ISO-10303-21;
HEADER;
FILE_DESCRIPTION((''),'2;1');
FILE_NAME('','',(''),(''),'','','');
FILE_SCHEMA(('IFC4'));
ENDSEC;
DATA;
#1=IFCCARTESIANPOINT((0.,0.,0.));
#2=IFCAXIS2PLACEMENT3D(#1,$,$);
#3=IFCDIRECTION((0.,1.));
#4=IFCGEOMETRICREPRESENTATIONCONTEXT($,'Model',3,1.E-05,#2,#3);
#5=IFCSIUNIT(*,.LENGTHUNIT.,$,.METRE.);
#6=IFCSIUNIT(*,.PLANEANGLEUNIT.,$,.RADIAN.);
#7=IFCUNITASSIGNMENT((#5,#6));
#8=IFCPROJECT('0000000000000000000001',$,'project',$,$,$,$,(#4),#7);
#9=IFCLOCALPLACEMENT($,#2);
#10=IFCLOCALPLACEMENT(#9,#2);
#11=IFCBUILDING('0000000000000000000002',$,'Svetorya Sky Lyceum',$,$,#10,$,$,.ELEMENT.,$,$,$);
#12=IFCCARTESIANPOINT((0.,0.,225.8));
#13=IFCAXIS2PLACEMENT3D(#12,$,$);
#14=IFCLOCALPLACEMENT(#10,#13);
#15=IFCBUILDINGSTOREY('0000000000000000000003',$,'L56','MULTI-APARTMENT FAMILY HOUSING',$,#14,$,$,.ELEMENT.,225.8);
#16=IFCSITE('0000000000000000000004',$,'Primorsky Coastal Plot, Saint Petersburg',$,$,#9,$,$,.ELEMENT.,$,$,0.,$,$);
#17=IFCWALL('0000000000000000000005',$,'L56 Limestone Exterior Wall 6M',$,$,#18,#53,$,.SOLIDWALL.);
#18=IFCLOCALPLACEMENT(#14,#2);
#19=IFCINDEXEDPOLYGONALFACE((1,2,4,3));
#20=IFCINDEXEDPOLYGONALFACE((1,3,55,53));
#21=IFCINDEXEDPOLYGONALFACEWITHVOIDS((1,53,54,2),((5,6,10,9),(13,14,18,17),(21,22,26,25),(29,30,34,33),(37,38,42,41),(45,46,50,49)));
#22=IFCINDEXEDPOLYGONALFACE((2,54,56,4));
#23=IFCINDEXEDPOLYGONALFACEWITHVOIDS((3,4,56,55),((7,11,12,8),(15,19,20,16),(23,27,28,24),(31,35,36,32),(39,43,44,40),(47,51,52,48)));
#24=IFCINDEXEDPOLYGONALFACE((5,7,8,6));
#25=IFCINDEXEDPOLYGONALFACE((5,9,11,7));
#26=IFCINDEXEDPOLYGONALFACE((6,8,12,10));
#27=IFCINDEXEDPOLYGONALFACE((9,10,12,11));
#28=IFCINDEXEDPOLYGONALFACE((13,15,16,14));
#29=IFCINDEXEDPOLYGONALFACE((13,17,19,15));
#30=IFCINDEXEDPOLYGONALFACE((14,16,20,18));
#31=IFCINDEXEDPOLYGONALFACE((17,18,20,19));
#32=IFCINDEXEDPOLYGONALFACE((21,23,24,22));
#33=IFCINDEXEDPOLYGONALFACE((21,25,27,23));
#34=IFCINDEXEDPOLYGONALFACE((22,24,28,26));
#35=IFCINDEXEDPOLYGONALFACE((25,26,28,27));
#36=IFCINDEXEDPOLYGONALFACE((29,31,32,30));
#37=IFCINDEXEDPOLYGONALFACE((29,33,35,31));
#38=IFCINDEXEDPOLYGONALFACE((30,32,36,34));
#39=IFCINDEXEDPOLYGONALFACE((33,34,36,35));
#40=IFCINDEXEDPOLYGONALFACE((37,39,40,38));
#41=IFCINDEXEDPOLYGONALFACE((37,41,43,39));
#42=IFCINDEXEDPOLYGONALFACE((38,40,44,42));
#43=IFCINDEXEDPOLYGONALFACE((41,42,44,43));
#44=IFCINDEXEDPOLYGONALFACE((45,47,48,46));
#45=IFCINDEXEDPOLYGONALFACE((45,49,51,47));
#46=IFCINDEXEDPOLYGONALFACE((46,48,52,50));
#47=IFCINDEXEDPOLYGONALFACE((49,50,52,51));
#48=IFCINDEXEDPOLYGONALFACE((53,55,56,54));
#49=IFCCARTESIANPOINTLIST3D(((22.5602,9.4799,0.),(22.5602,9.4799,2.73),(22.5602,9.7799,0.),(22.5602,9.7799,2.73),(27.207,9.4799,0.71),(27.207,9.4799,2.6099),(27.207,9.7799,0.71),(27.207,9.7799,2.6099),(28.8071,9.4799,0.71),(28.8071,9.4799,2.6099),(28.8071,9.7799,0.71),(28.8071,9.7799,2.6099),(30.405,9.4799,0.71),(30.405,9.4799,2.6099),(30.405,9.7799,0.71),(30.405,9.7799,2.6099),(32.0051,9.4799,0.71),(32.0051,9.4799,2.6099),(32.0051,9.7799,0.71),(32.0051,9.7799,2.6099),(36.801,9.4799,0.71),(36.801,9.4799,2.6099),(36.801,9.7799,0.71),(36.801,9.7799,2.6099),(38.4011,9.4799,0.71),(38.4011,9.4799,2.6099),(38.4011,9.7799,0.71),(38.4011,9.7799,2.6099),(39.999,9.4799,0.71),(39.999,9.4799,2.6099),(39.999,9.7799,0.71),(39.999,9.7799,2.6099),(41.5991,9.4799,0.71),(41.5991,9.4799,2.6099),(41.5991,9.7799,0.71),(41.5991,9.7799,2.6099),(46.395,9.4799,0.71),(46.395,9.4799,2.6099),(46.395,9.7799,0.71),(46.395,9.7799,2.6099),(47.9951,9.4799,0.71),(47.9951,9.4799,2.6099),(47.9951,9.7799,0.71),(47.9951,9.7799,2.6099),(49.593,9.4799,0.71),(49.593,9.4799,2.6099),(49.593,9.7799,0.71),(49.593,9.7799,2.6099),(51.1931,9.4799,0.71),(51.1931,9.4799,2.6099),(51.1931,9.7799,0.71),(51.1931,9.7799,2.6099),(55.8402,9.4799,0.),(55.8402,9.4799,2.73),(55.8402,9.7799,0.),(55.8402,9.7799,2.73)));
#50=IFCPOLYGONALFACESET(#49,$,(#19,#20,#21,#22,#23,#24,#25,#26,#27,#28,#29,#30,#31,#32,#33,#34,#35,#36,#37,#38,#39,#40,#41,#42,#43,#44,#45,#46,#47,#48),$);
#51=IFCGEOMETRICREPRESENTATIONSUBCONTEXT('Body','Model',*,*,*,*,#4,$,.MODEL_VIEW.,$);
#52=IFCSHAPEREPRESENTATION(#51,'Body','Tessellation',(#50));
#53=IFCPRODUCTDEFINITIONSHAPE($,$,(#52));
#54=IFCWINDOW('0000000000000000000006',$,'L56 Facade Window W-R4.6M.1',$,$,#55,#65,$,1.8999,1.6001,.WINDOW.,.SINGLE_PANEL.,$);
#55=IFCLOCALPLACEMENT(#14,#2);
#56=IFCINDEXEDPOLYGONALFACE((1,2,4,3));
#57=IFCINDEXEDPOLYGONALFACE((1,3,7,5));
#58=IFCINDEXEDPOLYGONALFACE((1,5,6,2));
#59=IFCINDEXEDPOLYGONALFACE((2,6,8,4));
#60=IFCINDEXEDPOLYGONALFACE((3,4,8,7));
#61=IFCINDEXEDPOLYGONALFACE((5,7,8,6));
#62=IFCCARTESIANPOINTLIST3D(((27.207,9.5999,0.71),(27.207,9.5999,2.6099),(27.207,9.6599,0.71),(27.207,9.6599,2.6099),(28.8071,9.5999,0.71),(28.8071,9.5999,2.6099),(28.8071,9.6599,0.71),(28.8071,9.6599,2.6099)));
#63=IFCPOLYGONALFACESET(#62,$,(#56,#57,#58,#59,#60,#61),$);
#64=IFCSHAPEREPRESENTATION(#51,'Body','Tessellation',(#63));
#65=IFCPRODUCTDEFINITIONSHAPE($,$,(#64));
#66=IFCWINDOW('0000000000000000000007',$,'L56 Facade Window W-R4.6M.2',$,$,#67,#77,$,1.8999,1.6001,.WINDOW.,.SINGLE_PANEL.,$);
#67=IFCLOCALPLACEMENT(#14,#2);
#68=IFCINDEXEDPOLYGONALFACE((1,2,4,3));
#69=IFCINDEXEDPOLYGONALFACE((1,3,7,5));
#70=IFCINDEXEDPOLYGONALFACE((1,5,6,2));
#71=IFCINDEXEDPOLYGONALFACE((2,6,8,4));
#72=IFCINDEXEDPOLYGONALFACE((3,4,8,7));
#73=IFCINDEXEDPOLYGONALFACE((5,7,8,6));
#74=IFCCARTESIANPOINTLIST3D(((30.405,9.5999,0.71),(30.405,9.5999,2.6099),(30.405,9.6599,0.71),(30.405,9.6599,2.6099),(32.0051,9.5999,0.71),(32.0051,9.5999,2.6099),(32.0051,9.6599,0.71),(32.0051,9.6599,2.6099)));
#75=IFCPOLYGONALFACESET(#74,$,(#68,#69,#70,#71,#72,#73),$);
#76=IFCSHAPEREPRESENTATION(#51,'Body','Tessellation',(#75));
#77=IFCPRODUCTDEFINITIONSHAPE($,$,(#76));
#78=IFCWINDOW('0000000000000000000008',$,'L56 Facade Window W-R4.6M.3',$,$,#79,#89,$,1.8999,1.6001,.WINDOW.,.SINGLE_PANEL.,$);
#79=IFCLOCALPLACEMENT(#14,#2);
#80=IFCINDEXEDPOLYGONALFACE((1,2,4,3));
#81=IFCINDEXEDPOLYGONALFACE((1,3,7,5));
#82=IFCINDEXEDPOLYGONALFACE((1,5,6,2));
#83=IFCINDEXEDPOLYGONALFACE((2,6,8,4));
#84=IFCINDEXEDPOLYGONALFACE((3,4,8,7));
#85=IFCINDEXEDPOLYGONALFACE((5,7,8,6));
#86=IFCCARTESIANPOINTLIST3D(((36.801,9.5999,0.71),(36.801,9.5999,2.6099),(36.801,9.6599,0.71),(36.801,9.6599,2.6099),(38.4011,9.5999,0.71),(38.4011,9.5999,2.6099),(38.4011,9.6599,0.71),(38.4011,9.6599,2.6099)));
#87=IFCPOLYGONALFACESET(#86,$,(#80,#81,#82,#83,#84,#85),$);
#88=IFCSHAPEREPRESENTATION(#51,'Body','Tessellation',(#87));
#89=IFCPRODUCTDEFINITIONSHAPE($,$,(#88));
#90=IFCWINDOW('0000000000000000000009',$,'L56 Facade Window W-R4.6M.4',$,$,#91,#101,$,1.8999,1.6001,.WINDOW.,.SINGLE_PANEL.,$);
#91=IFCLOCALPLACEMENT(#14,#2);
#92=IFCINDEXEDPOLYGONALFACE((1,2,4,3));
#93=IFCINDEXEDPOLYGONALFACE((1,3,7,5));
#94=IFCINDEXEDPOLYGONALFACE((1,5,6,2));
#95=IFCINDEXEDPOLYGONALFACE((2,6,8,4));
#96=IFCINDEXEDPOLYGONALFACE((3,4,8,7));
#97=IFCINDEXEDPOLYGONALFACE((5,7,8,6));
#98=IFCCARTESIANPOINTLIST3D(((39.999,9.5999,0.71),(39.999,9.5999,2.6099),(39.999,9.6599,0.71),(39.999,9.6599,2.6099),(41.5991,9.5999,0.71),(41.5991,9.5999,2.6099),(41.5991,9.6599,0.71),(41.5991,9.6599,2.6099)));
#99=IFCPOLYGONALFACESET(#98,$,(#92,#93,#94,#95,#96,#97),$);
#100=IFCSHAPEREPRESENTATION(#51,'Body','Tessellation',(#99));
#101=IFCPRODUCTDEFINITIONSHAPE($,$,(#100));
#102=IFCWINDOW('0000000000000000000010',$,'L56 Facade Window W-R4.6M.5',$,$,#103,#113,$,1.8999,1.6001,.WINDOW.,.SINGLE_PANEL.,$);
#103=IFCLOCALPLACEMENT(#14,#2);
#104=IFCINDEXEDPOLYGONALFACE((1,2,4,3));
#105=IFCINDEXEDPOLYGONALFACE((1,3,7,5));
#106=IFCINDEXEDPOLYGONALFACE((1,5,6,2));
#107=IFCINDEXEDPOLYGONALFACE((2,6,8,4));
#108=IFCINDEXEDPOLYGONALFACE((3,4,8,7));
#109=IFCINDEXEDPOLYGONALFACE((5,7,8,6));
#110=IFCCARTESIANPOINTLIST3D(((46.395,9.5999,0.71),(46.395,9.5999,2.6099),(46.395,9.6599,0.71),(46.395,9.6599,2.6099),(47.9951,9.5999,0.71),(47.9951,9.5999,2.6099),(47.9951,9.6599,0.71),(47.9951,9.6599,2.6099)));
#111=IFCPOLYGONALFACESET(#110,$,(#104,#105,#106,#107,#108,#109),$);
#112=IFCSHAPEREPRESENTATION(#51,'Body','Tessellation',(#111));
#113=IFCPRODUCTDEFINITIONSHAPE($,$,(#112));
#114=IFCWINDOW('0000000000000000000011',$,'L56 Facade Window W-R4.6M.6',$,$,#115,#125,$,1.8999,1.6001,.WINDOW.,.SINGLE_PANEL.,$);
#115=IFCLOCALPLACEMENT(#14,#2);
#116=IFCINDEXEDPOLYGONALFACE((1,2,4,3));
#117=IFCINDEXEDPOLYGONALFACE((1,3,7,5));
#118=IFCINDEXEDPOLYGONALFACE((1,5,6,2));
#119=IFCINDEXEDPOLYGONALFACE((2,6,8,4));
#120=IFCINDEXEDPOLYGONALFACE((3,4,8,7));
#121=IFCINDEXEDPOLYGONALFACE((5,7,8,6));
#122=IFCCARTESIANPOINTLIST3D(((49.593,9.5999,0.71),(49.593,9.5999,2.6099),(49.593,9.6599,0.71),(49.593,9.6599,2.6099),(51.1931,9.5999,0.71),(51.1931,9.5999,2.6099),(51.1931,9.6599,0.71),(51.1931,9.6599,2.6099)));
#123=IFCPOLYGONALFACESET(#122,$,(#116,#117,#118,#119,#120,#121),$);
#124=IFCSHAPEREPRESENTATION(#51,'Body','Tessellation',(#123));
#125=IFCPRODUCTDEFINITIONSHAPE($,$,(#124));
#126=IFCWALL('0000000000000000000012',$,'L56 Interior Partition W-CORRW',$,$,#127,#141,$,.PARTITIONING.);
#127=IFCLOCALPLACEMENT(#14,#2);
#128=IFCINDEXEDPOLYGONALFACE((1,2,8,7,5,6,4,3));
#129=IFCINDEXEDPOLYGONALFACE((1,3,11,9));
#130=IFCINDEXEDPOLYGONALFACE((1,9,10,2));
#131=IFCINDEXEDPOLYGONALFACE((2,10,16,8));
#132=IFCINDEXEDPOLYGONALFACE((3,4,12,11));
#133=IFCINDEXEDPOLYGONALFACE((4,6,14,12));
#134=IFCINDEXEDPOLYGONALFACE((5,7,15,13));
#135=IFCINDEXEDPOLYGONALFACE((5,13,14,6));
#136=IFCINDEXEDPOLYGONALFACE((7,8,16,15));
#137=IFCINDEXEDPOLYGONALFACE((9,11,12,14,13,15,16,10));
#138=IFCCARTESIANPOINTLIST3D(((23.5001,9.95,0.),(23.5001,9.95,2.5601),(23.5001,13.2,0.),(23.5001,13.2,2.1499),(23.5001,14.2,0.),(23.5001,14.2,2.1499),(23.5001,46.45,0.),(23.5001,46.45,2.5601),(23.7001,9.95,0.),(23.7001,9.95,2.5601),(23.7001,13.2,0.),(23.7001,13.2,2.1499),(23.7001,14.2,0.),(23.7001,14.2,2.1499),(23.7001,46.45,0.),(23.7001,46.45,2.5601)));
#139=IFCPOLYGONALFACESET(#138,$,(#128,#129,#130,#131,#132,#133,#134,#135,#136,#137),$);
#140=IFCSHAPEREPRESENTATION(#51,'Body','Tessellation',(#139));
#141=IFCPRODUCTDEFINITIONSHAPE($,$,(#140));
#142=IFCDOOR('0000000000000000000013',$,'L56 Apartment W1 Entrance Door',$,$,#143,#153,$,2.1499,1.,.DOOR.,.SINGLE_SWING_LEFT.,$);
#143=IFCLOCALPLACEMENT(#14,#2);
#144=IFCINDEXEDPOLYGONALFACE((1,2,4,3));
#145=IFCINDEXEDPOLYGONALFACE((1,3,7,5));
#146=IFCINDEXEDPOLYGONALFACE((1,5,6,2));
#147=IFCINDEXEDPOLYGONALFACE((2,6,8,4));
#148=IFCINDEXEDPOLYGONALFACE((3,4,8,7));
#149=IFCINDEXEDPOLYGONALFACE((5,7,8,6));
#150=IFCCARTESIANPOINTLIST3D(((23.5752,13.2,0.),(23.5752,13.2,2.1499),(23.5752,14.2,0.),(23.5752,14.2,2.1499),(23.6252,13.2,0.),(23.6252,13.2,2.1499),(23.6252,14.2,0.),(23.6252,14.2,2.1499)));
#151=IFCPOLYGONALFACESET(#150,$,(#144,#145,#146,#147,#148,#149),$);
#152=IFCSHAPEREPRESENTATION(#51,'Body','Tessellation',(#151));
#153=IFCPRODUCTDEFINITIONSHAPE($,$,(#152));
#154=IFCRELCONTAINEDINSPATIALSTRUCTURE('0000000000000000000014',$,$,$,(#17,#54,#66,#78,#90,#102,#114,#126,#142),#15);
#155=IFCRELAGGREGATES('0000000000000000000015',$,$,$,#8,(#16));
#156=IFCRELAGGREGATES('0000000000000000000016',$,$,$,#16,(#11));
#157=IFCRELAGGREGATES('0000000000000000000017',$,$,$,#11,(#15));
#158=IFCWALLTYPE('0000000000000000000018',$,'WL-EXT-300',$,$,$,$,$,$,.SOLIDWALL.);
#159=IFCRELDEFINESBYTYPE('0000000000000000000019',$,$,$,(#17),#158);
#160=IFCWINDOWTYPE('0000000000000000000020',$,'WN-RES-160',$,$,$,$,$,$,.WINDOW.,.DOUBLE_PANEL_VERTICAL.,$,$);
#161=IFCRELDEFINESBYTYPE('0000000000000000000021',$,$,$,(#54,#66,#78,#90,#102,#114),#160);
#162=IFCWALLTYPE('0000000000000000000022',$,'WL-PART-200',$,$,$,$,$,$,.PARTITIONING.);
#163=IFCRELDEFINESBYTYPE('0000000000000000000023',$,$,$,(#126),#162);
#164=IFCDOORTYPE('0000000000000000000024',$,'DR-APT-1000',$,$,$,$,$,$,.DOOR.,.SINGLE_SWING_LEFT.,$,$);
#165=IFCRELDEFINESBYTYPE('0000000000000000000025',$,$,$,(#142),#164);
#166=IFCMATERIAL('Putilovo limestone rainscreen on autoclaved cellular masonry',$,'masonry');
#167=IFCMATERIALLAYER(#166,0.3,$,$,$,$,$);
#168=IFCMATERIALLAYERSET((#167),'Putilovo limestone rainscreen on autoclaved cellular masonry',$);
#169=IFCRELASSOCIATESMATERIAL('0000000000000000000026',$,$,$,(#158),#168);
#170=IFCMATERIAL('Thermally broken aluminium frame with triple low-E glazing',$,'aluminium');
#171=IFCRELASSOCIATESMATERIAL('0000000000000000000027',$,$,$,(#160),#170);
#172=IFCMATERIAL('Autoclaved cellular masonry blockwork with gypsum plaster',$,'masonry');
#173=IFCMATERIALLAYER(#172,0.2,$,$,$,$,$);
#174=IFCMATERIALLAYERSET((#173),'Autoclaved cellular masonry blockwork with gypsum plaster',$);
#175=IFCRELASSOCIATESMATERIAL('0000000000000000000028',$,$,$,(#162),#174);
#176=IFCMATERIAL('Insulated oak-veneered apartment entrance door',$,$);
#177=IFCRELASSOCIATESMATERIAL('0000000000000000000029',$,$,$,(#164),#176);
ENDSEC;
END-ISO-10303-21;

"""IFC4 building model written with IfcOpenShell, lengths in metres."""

from ifc_helpers import new_model, si_unit, direction, frame, frame_2d, origin, place, context, subcontext, project, spatial, rectangle, extrude, material, layer, layer_set, type_object, element, fill, save


model = new_model("IFC4")

# Units and contexts
model_context = context("Model", 3, precision=1e-05, world=origin(), true_north=direction((0.0, 1.0)))
body_context = subcontext(model_context, "Body", "Model", "MODEL_VIEW")
ifc_project = project(units=[si_unit("LENGTHUNIT", "METRE"), si_unit("PLANEANGLEUNIT", "RADIAN")], contexts=[model_context])

# Site, building, storey
site_placement = place(None, origin())
site = spatial("IfcSite", under=ifc_project, at=site_placement, Name="Primorsky Coastal Plot, Saint Petersburg", CompositionType="ELEMENT", RefElevation=0.0)
building_placement = place(site_placement, origin())
building = spatial("IfcBuilding", under=site, at=building_placement, Name="Svetorya Sky Lyceum", CompositionType="ELEMENT")
storey_placement = place(building_placement, frame((0.0, 0.0, 225.8)))
storey = spatial("IfcBuildingStorey", under=building, at=storey_placement, Name="L56", Description="MULTI-APARTMENT FAMILY HOUSING", CompositionType="ELEMENT", Elevation=225.8)

# Wall, openings, windows
ifc_material_1 = material(Name="Putilovo limestone rainscreen on autoclaved cellular masonry", Category="masonry")
ifc_layer_1 = layer(ifc_material_1, 0.3)
ifc_layer_set_1 = layer_set([ifc_layer_1], Name="Putilovo limestone rainscreen on autoclaved cellular masonry")
wall_type_1 = type_object("IfcWallType", Name="WL-EXT-300", PredefinedType="SOLIDWALL", material=ifc_layer_set_1)
wall_1_placement = place(storey_placement, frame((22.5601, 9.6299, 0.0), z_axis=(0.0, 0.0, 1.0), x_axis=(1.0, 0.0, 0.0)))
wall_1 = element("IfcWall", 1, at=wall_1_placement, inside=storey, type_object=wall_type_1, Name="L56 Limestone Exterior Wall 6M", PredefinedType="SOLIDWALL", context=body_context, shape_type="SweptSolid", body=[
    extrude(rectangle(XDim=33.28, YDim=0.3, at=frame_2d((16.6401, 0.0))), origin(), (0.0, 0.0, 1.0), 2.73),
])
opening_1_placement = place(wall_1_placement, frame((4.647, 0.0, 0.71)))
opening_1 = element("IfcOpeningElement", 2, at=opening_1_placement, cuts=wall_1, PredefinedType="OPENING", context=body_context, shape_type="SweptSolid", body=[
    extrude(rectangle(XDim=1.6001, YDim=1.8999, at=frame_2d((0.8, 0.95))), frame((0.0, 0.1599, 0.0), z_axis=(0.0, -1.0, 0.0), x_axis=(1.0, 0.0, 0.0)), (0.0, 0.0, 1.0), 0.3201),
])
opening_2_placement = place(wall_1_placement, frame((7.845, 0.0, 0.71)))
opening_2 = element("IfcOpeningElement", 3, at=opening_2_placement, cuts=wall_1, PredefinedType="OPENING", context=body_context, shape_type="SweptSolid", body=[
    extrude(rectangle(XDim=1.6001, YDim=1.8999, at=frame_2d((0.8, 0.95))), frame((0.0, 0.1599, 0.0), z_axis=(0.0, -1.0, 0.0), x_axis=(1.0, 0.0, 0.0)), (0.0, 0.0, 1.0), 0.3201),
])
opening_3_placement = place(wall_1_placement, frame((14.241, 0.0, 0.71)))
opening_3 = element("IfcOpeningElement", 4, at=opening_3_placement, cuts=wall_1, PredefinedType="OPENING", context=body_context, shape_type="SweptSolid", body=[
    extrude(rectangle(XDim=1.6001, YDim=1.8999, at=frame_2d((0.8, 0.95))), frame((0.0, 0.1599, 0.0), z_axis=(0.0, -1.0, 0.0), x_axis=(1.0, 0.0, 0.0)), (0.0, 0.0, 1.0), 0.3201),
])
opening_4_placement = place(wall_1_placement, frame((17.439, 0.0, 0.71)))
opening_4 = element("IfcOpeningElement", 5, at=opening_4_placement, cuts=wall_1, PredefinedType="OPENING", context=body_context, shape_type="SweptSolid", body=[
    extrude(rectangle(XDim=1.6001, YDim=1.8999, at=frame_2d((0.8, 0.95))), frame((0.0, 0.1599, 0.0), z_axis=(0.0, -1.0, 0.0), x_axis=(1.0, 0.0, 0.0)), (0.0, 0.0, 1.0), 0.3201),
])
opening_5_placement = place(wall_1_placement, frame((23.835, 0.0, 0.71)))
opening_5 = element("IfcOpeningElement", 6, at=opening_5_placement, cuts=wall_1, PredefinedType="OPENING", context=body_context, shape_type="SweptSolid", body=[
    extrude(rectangle(XDim=1.6001, YDim=1.8999, at=frame_2d((0.8, 0.95))), frame((0.0, 0.1599, 0.0), z_axis=(0.0, -1.0, 0.0), x_axis=(1.0, 0.0, 0.0)), (0.0, 0.0, 1.0), 0.3201),
])
opening_6_placement = place(wall_1_placement, frame((27.033, 0.0, 0.71)))
opening_6 = element("IfcOpeningElement", 7, at=opening_6_placement, cuts=wall_1, PredefinedType="OPENING", context=body_context, shape_type="SweptSolid", body=[
    extrude(rectangle(XDim=1.6001, YDim=1.8999, at=frame_2d((0.8, 0.95))), frame((0.0, 0.1599, 0.0), z_axis=(0.0, -1.0, 0.0), x_axis=(1.0, 0.0, 0.0)), (0.0, 0.0, 1.0), 0.3201),
])
ifc_material_2 = material(Name="Thermally broken aluminium frame with triple low-E glazing", Category="aluminium")
window_type = type_object("IfcWindowType", Name="WN-RES-160", PartitioningType="DOUBLE_PANEL_VERTICAL", PredefinedType="WINDOW", material=ifc_material_2)
window_1_placement = place(opening_1_placement, origin())
window_1 = element("IfcWindow", 8, at=window_1_placement, inside=storey, type_object=window_type, Name="L56 Facade Window W-R4.6M.1", OverallHeight=1.8999, OverallWidth=1.6001, PartitioningType="SINGLE_PANEL", PredefinedType="WINDOW", context=body_context, shape_type="SweptSolid", body=[
    extrude(rectangle(XDim=1.6001, YDim=1.8999, at=frame_2d((0.8, 0.95))), frame((0.0, 0.03, 0.0), z_axis=(0.0, -1.0, 0.0), x_axis=(1.0, 0.0, 0.0)), (0.0, 0.0, 1.0), 0.0601),
])
fill(opening_1, window_1)
window_2_placement = place(opening_2_placement, origin())
window_2 = element("IfcWindow", 9, at=window_2_placement, inside=storey, type_object=window_type, Name="L56 Facade Window W-R4.6M.2", OverallHeight=1.8999, OverallWidth=1.6001, PartitioningType="SINGLE_PANEL", PredefinedType="WINDOW", context=body_context, shape_type="SweptSolid", body=[
    extrude(rectangle(XDim=1.6001, YDim=1.8999, at=frame_2d((0.8, 0.95))), frame((0.0, 0.03, 0.0), z_axis=(0.0, -1.0, 0.0), x_axis=(1.0, 0.0, 0.0)), (0.0, 0.0, 1.0), 0.0601),
])
fill(opening_2, window_2)
window_3_placement = place(opening_3_placement, origin())
window_3 = element("IfcWindow", 10, at=window_3_placement, inside=storey, type_object=window_type, Name="L56 Facade Window W-R4.6M.3", OverallHeight=1.8999, OverallWidth=1.6001, PartitioningType="SINGLE_PANEL", PredefinedType="WINDOW", context=body_context, shape_type="SweptSolid", body=[
    extrude(rectangle(XDim=1.6001, YDim=1.8999, at=frame_2d((0.8, 0.95))), frame((0.0, 0.03, 0.0), z_axis=(0.0, -1.0, 0.0), x_axis=(1.0, 0.0, 0.0)), (0.0, 0.0, 1.0), 0.0601),
])
fill(opening_3, window_3)
window_4_placement = place(opening_4_placement, origin())
window_4 = element("IfcWindow", 11, at=window_4_placement, inside=storey, type_object=window_type, Name="L56 Facade Window W-R4.6M.4", OverallHeight=1.8999, OverallWidth=1.6001, PartitioningType="SINGLE_PANEL", PredefinedType="WINDOW", context=body_context, shape_type="SweptSolid", body=[
    extrude(rectangle(XDim=1.6001, YDim=1.8999, at=frame_2d((0.8, 0.95))), frame((0.0, 0.03, 0.0), z_axis=(0.0, -1.0, 0.0), x_axis=(1.0, 0.0, 0.0)), (0.0, 0.0, 1.0), 0.0601),
])
fill(opening_4, window_4)
window_5_placement = place(opening_5_placement, origin())
window_5 = element("IfcWindow", 12, at=window_5_placement, inside=storey, type_object=window_type, Name="L56 Facade Window W-R4.6M.5", OverallHeight=1.8999, OverallWidth=1.6001, PartitioningType="SINGLE_PANEL", PredefinedType="WINDOW", context=body_context, shape_type="SweptSolid", body=[
    extrude(rectangle(XDim=1.6001, YDim=1.8999, at=frame_2d((0.8, 0.95))), frame((0.0, 0.03, 0.0), z_axis=(0.0, -1.0, 0.0), x_axis=(1.0, 0.0, 0.0)), (0.0, 0.0, 1.0), 0.0601),
])
fill(opening_5, window_5)
window_6_placement = place(opening_6_placement, origin())
window_6 = element("IfcWindow", 13, at=window_6_placement, inside=storey, type_object=window_type, Name="L56 Facade Window W-R4.6M.6", OverallHeight=1.8999, OverallWidth=1.6001, PartitioningType="SINGLE_PANEL", PredefinedType="WINDOW", context=body_context, shape_type="SweptSolid", body=[
    extrude(rectangle(XDim=1.6001, YDim=1.8999, at=frame_2d((0.8, 0.95))), frame((0.0, 0.03, 0.0), z_axis=(0.0, -1.0, 0.0), x_axis=(1.0, 0.0, 0.0)), (0.0, 0.0, 1.0), 0.0601),
])
fill(opening_6, window_6)

# Wall, opening, door
ifc_material_3 = material(Name="Autoclaved cellular masonry blockwork with gypsum plaster", Category="masonry")
ifc_layer_2 = layer(ifc_material_3, 0.2)
ifc_layer_set_2 = layer_set([ifc_layer_2], Name="Autoclaved cellular masonry blockwork with gypsum plaster")
wall_type_2 = type_object("IfcWallType", Name="WL-PART-200", PredefinedType="PARTITIONING", material=ifc_layer_set_2)
wall_2_placement = place(storey_placement, frame((23.6001, 9.95, 0.0), z_axis=(0.0, 0.0, 1.0), x_axis=(0.0, 1.0, 0.0)))
wall_2 = element("IfcWall", 14, at=wall_2_placement, inside=storey, type_object=wall_type_2, Name="L56 Interior Partition W-CORRW", PredefinedType="PARTITIONING", context=body_context, shape_type="SweptSolid", body=[
    extrude(rectangle(XDim=36.5, YDim=0.2, at=frame_2d((18.25, 0.0))), origin(), (0.0, 0.0, 1.0), 2.5601),
])
opening_7_placement = place(wall_2_placement, frame((3.25, 0.0, 0.0)))
opening_7 = element("IfcOpeningElement", 15, at=opening_7_placement, cuts=wall_2, PredefinedType="OPENING", context=body_context, shape_type="SweptSolid", body=[
    extrude(rectangle(XDim=1.0, YDim=2.1499, at=frame_2d((0.5, 1.075))), frame((0.0, 0.1099, 0.0), z_axis=(0.0, -1.0, 0.0), x_axis=(1.0, 0.0, 0.0)), (0.0, 0.0, 1.0), 0.22),
])
ifc_material_4 = material(Name="Insulated oak-veneered apartment entrance door")
door_type = type_object("IfcDoorType", Name="DR-APT-1000", OperationType="SINGLE_SWING_LEFT", PredefinedType="DOOR", material=ifc_material_4)
door_placement = place(opening_7_placement, origin())
door = element("IfcDoor", 16, at=door_placement, inside=storey, type_object=door_type, Name="L56 Apartment W1 Entrance Door", OperationType="SINGLE_SWING_LEFT", OverallHeight=2.1499, OverallWidth=1.0, PredefinedType="DOOR", context=body_context, shape_type="SweptSolid", body=[
    extrude(rectangle(XDim=1.0, YDim=2.1499, at=frame_2d((0.5, 1.075))), frame((0.0, 0.0249, 0.0), z_axis=(0.0, -1.0, 0.0), x_axis=(1.0, 0.0, 0.0)), (0.0, 0.0, 1.0), 0.05),
])
fill(opening_7, door)

save(model, "model.ifc")
